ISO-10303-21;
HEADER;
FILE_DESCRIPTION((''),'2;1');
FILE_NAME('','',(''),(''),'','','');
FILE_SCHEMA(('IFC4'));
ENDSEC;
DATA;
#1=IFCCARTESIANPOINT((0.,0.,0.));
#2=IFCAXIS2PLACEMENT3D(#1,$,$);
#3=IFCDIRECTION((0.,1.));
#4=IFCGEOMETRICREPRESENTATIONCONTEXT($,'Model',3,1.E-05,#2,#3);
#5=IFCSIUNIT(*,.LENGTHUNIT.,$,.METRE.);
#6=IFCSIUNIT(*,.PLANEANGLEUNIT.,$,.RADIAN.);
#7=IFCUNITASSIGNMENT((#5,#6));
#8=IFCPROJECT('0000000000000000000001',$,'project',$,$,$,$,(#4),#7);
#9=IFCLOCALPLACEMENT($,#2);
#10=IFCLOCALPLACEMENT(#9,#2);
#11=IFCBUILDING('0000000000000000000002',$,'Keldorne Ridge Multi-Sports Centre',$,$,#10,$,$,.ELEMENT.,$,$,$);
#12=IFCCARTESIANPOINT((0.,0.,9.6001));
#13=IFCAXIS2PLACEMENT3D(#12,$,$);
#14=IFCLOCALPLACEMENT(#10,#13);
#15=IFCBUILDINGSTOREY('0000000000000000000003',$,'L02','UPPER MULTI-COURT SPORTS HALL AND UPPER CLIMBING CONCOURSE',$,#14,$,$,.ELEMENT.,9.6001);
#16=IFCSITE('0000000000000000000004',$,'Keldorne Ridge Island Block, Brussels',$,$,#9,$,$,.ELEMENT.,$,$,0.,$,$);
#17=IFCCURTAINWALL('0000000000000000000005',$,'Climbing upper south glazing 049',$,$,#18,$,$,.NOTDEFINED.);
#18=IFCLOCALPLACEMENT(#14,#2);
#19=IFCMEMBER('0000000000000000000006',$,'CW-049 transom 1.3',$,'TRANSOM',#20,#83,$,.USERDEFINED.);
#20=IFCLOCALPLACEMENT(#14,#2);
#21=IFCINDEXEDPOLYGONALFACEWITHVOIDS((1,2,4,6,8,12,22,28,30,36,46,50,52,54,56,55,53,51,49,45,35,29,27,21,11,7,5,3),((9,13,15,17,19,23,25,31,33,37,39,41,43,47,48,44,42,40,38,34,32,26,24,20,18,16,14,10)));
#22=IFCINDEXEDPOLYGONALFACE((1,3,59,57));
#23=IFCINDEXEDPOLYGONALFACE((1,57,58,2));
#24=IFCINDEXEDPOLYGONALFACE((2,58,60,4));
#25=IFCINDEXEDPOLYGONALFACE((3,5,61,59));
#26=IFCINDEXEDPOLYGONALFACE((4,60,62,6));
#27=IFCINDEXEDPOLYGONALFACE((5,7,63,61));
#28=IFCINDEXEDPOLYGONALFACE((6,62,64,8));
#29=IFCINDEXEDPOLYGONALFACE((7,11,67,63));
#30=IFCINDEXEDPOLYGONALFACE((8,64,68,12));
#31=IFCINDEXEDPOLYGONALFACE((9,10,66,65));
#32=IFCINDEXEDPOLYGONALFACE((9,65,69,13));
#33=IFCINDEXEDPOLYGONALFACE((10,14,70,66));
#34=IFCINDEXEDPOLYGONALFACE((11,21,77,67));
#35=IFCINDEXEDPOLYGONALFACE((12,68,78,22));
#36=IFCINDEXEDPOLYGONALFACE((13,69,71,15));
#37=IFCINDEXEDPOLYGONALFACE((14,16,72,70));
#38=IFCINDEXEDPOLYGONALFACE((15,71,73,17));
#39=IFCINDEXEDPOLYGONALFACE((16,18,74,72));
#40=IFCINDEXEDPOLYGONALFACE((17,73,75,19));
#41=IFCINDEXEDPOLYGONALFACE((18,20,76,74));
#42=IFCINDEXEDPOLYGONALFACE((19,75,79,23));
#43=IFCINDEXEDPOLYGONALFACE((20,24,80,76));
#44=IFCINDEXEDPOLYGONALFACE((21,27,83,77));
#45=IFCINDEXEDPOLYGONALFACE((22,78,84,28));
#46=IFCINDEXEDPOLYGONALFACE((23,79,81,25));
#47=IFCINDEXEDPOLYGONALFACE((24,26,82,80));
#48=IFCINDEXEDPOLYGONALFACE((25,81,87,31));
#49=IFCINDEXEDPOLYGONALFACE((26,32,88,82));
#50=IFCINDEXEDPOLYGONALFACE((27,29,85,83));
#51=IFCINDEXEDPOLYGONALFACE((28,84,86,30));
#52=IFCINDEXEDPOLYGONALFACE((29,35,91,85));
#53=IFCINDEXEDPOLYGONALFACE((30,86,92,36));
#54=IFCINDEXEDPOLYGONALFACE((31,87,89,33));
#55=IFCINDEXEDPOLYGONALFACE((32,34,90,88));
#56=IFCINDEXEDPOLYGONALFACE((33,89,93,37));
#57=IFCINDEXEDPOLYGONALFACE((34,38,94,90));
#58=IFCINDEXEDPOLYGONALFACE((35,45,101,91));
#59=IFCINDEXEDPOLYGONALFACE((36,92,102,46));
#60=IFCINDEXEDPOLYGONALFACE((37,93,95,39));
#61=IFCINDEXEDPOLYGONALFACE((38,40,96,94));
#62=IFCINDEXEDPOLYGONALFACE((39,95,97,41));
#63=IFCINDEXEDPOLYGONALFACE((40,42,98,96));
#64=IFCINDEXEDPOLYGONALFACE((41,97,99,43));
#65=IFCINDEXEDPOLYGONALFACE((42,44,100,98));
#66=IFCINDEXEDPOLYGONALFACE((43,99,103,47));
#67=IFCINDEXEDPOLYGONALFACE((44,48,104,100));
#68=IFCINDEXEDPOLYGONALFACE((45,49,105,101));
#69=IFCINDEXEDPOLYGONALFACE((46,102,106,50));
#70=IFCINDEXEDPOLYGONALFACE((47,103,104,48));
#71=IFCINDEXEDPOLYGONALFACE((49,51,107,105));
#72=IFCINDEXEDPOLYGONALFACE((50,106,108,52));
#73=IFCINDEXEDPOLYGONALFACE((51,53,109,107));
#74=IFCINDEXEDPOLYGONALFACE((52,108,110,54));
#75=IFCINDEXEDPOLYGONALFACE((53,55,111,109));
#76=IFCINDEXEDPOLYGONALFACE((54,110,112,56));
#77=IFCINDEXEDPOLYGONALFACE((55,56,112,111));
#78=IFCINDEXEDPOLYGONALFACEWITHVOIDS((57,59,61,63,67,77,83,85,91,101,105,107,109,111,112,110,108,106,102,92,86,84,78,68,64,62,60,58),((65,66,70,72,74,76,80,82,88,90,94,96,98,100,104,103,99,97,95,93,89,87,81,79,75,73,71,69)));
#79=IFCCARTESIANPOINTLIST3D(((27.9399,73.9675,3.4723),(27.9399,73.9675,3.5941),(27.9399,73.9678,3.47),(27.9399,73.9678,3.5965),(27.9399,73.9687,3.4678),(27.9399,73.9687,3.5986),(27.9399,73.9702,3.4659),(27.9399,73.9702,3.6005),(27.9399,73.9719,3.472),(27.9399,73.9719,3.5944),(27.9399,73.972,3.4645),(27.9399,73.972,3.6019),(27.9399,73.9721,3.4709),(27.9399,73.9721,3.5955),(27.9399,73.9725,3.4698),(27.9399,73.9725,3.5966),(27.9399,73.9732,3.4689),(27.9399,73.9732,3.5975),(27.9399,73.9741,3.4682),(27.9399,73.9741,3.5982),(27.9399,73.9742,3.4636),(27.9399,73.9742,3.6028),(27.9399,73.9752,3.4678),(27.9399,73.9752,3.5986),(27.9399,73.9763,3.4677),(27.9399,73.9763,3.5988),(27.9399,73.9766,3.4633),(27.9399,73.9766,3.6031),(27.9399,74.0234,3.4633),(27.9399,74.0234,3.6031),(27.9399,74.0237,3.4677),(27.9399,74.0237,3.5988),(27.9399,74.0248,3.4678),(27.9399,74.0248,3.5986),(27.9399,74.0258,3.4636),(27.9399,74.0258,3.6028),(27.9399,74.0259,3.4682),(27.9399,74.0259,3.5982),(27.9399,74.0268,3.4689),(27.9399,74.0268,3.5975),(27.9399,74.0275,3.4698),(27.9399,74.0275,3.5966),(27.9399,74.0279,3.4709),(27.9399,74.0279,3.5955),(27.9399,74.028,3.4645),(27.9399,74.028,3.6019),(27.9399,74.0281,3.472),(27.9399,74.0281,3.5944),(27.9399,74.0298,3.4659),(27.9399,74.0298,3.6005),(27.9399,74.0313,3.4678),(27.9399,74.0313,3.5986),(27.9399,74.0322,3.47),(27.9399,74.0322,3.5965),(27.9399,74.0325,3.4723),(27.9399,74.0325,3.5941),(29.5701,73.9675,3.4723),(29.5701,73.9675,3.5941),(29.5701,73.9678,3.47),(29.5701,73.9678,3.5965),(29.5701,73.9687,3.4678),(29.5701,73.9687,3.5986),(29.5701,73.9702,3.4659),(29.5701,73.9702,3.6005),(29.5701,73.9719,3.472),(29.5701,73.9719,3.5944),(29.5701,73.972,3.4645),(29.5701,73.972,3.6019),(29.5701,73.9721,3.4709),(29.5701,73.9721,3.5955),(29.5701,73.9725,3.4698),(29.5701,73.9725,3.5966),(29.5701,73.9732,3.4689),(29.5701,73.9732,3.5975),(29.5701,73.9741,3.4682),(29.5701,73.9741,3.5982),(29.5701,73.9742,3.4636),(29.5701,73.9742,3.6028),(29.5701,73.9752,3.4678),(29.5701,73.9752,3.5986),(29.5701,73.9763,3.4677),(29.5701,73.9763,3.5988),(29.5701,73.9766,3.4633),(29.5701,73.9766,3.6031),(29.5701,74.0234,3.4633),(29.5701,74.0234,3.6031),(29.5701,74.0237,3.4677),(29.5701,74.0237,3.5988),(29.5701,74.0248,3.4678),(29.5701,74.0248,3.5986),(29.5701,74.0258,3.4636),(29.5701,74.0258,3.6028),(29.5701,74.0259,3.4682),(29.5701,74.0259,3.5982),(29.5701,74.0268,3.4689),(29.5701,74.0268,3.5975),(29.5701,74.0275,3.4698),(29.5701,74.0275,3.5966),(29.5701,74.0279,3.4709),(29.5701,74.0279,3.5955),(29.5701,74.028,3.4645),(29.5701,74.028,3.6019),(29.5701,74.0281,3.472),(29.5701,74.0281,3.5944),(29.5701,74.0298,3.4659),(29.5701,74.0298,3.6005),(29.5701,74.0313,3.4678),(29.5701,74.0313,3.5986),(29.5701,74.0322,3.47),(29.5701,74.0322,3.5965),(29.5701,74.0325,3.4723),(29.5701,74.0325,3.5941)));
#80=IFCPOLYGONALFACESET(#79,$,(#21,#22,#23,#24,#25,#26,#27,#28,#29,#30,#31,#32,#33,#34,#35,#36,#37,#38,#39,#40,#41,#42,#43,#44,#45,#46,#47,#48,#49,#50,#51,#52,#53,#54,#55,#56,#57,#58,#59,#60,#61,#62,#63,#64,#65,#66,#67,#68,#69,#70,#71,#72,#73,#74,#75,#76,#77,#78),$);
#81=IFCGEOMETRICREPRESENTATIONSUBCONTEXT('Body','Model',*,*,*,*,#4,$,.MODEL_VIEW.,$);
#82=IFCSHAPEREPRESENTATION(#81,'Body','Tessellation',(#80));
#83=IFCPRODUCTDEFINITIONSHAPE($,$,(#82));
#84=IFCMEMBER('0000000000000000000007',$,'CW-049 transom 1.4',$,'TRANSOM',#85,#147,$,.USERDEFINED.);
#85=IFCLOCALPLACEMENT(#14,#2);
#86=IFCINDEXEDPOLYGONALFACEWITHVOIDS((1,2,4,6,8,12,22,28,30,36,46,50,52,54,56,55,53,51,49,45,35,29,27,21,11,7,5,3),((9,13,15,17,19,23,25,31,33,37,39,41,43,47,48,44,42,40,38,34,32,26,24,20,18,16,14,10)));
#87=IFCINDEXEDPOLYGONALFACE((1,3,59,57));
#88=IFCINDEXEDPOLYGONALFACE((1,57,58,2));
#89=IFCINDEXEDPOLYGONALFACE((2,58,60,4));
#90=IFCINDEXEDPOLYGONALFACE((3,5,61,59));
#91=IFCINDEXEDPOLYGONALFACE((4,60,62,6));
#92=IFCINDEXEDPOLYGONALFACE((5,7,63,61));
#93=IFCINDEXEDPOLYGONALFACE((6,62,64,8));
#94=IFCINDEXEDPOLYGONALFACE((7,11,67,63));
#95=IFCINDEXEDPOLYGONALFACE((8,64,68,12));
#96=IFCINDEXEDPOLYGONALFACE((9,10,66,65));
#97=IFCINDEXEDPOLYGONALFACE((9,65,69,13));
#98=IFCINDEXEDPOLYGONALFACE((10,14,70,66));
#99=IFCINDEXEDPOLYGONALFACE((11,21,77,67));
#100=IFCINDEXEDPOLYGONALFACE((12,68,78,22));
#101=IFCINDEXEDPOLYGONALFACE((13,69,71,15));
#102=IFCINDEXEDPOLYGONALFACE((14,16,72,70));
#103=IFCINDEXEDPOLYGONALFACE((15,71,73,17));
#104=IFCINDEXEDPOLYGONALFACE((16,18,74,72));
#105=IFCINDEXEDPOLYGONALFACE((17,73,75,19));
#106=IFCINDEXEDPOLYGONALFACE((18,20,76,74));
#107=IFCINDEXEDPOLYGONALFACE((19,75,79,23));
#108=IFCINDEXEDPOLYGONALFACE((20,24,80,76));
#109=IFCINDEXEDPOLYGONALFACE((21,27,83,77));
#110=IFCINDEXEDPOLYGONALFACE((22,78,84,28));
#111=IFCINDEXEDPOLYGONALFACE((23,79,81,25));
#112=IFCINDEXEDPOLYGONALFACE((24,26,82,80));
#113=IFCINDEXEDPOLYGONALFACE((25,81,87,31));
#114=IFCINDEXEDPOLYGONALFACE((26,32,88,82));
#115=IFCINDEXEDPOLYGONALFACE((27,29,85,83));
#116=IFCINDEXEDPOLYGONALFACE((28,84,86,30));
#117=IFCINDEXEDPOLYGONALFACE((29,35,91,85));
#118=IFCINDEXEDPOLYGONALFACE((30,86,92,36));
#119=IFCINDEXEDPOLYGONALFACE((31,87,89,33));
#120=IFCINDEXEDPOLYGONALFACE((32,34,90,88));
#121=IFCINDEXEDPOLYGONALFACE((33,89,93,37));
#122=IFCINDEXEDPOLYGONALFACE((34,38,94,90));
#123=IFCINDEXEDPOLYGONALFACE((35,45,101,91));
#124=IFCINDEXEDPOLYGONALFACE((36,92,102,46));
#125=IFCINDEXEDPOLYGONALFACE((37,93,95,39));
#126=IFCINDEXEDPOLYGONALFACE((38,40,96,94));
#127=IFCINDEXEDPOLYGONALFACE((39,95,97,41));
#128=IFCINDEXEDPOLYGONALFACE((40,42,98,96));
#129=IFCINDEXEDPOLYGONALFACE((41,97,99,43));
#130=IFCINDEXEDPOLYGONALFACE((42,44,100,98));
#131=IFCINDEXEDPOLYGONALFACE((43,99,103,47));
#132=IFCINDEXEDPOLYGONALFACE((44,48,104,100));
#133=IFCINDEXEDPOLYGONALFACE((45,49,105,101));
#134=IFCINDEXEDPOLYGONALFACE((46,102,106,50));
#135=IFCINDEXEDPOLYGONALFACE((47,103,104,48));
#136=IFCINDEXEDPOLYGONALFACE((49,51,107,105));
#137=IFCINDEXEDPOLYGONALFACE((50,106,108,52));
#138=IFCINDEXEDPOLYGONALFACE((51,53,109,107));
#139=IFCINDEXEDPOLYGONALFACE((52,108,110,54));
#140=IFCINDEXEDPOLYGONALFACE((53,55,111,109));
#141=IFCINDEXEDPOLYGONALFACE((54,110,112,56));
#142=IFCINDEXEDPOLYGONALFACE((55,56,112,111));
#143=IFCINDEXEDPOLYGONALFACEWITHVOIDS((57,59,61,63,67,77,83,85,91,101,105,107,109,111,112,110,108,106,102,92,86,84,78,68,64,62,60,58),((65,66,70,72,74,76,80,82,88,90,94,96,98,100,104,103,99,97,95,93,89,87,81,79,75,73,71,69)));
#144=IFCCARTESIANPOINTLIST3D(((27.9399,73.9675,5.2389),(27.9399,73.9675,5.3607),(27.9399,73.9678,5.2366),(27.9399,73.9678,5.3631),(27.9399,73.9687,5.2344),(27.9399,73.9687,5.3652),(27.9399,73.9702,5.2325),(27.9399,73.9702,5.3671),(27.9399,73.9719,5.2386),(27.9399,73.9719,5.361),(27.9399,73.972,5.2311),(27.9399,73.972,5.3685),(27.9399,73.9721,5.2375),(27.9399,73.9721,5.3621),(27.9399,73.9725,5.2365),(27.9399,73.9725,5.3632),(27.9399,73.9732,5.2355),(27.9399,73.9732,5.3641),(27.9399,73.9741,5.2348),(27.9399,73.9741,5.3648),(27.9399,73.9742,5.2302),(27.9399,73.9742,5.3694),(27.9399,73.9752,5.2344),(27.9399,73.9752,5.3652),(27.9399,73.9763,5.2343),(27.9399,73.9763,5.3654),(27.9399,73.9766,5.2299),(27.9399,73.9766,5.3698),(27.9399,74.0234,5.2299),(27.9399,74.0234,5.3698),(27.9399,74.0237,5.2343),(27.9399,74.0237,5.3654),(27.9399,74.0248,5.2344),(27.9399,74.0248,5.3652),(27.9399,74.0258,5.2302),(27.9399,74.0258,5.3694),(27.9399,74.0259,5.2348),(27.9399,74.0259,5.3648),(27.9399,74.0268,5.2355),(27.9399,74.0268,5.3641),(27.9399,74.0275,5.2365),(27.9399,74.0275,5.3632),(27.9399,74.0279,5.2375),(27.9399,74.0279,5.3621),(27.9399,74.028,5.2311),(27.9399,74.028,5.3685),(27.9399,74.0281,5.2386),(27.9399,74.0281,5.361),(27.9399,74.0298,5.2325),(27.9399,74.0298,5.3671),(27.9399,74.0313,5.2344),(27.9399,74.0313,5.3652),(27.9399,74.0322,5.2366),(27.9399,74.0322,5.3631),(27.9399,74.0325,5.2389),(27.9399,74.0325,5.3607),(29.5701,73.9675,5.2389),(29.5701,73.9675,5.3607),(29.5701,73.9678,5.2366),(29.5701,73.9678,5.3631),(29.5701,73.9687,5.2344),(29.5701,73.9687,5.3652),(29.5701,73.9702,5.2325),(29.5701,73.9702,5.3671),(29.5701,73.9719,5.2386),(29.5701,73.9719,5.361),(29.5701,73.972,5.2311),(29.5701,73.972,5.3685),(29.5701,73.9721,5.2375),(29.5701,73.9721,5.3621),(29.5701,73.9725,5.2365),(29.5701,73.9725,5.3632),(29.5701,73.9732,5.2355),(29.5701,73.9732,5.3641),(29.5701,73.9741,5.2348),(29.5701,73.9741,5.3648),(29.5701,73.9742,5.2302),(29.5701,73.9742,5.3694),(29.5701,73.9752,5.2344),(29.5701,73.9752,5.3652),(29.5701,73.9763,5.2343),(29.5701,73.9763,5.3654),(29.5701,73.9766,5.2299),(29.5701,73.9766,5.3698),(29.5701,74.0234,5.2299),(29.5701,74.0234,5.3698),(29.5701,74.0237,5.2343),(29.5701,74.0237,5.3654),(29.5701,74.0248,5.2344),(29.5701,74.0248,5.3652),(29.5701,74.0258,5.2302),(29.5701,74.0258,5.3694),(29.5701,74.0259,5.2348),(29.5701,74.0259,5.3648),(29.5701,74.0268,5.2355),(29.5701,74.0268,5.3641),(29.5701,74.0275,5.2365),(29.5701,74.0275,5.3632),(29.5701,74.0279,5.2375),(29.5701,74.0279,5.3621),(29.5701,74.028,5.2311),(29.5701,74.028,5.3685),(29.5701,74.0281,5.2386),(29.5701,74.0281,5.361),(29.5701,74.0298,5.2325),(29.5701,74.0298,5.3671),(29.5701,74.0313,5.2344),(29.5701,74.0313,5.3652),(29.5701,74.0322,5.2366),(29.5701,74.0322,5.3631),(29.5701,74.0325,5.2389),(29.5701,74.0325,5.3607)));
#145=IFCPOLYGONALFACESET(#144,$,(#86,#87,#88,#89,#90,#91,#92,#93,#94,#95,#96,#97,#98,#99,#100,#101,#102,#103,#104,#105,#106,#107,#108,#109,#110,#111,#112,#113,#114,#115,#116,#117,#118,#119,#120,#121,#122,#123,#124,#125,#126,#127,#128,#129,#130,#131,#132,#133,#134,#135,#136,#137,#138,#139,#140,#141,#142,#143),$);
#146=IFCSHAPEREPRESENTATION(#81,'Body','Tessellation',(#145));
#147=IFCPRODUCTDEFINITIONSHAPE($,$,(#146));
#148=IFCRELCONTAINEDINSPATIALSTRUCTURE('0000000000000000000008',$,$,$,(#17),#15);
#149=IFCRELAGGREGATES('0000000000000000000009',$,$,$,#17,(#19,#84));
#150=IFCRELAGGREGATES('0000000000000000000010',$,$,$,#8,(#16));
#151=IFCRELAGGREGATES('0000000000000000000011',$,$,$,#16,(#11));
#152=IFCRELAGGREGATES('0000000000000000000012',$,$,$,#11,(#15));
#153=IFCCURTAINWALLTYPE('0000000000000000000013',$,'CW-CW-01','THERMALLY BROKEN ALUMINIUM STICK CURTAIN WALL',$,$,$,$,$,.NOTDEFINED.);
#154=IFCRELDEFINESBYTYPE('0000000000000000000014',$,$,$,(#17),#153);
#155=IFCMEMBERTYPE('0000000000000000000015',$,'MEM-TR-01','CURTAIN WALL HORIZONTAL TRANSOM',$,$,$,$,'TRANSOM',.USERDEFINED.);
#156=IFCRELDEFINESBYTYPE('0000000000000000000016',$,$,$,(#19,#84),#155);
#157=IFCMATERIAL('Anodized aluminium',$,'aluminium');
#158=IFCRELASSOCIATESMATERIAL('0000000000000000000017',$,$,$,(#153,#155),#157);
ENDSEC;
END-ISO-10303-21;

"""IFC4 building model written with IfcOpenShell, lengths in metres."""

from ifc_helpers import new_model, si_unit, direction, frame, origin, origin_2d, place, context, subcontext, project, spatial, hollow_rectangle, extrude, material, material_profile, profile_set, type_object, element, aggregate, save


model = new_model("IFC4")

# Units and contexts
model_context = context("Model", 3, precision=1e-05, world=origin(), true_north=direction((0.0, 1.0)))
body_context = subcontext(model_context, "Body", "Model", "MODEL_VIEW")
ifc_project = project(units=[si_unit("LENGTHUNIT", "METRE"), si_unit("PLANEANGLEUNIT", "RADIAN")], contexts=[model_context])

# Site, building, storey
site_placement = place(None, origin())
site = spatial("IfcSite", under=ifc_project, at=site_placement, Name="Keldorne Ridge Island Block, Brussels", CompositionType="ELEMENT", RefElevation=0.0)
building_placement = place(site_placement, origin())
building = spatial("IfcBuilding", under=site, at=building_placement, Name="Keldorne Ridge Multi-Sports Centre", CompositionType="ELEMENT")
storey_placement = place(building_placement, frame((0.0, 0.0, 9.6001)))
storey = spatial("IfcBuildingStorey", under=building, at=storey_placement, Name="L02", Description="UPPER MULTI-COURT SPORTS HALL AND UPPER CLIMBING CONCOURSE", CompositionType="ELEMENT", Elevation=9.6001)

# Curtain wall
ifc_material_1 = material(Name="Anodized aluminium", Category="aluminium")
curtain_wall_type_1 = type_object("IfcCurtainWallType", Name="CW-CW-01", Description="THERMALLY BROKEN ALUMINIUM STICK CURTAIN WALL", PredefinedType="NOTDEFINED", material=ifc_material_1)
curtain_wall_1_placement = place(storey_placement, origin())
curtain_wall_1 = element("IfcCurtainWall", 1, at=curtain_wall_1_placement, inside=storey, type_object=curtain_wall_type_1, Name="Climbing upper south glazing 049", PredefinedType="NOTDEFINED")

# Members
ifc_material_profile_1 = material_profile(ifc_material_1, hollow_rectangle(XDim=0.0649, YDim=0.1399, WallThickness=0.0044, InnerFilletRadius=0.0044, OuterFilletRadius=0.009, at=origin_2d()), Name="ALU TRANSOM 140x65x4.5")
ifc_profile_set_1 = profile_set([ifc_material_profile_1], Name="Anodized aluminium")
member_type_1 = type_object("IfcMemberType", Name="MEM-TR-01", Description="CURTAIN WALL HORIZONTAL TRANSOM", ElementType="TRANSOM", PredefinedType="USERDEFINED", material=ifc_profile_set_1)
member_1_placement = place(storey_placement, frame((27.9399, 74.0, 3.5332), z_axis=(1.0, 0.0, 0.0), x_axis=(0.0, 1.0, 0.0)))
member_1 = element("IfcMember", 2, at=member_1_placement, type_object=member_type_1, Name="CW-049 transom 1.3", ObjectType="TRANSOM", PredefinedType="USERDEFINED", context=body_context, shape_type="SweptSolid", body=[
    extrude(hollow_rectangle(XDim=0.0649, YDim=0.1399, WallThickness=0.0044, InnerFilletRadius=0.0044, OuterFilletRadius=0.009, at=origin_2d()), origin(), (0.0, 0.0, 1.0), 1.6301),
])
member_2_placement = place(storey_placement, frame((27.9399, 74.0, 5.2998), z_axis=(1.0, 0.0, 0.0), x_axis=(0.0, 1.0, 0.0)))
member_2 = element("IfcMember", 3, at=member_2_placement, type_object=member_type_1, Name="CW-049 transom 1.4", ObjectType="TRANSOM", PredefinedType="USERDEFINED", context=body_context, shape_type="SweptSolid", body=[
    extrude(hollow_rectangle(XDim=0.0649, YDim=0.1399, WallThickness=0.0044, InnerFilletRadius=0.0044, OuterFilletRadius=0.009, at=origin_2d()), origin(), (0.0, 0.0, 1.0), 1.6301),
])

aggregate(curtain_wall_1, [member_1, member_2])

save(model, "model.ifc")
